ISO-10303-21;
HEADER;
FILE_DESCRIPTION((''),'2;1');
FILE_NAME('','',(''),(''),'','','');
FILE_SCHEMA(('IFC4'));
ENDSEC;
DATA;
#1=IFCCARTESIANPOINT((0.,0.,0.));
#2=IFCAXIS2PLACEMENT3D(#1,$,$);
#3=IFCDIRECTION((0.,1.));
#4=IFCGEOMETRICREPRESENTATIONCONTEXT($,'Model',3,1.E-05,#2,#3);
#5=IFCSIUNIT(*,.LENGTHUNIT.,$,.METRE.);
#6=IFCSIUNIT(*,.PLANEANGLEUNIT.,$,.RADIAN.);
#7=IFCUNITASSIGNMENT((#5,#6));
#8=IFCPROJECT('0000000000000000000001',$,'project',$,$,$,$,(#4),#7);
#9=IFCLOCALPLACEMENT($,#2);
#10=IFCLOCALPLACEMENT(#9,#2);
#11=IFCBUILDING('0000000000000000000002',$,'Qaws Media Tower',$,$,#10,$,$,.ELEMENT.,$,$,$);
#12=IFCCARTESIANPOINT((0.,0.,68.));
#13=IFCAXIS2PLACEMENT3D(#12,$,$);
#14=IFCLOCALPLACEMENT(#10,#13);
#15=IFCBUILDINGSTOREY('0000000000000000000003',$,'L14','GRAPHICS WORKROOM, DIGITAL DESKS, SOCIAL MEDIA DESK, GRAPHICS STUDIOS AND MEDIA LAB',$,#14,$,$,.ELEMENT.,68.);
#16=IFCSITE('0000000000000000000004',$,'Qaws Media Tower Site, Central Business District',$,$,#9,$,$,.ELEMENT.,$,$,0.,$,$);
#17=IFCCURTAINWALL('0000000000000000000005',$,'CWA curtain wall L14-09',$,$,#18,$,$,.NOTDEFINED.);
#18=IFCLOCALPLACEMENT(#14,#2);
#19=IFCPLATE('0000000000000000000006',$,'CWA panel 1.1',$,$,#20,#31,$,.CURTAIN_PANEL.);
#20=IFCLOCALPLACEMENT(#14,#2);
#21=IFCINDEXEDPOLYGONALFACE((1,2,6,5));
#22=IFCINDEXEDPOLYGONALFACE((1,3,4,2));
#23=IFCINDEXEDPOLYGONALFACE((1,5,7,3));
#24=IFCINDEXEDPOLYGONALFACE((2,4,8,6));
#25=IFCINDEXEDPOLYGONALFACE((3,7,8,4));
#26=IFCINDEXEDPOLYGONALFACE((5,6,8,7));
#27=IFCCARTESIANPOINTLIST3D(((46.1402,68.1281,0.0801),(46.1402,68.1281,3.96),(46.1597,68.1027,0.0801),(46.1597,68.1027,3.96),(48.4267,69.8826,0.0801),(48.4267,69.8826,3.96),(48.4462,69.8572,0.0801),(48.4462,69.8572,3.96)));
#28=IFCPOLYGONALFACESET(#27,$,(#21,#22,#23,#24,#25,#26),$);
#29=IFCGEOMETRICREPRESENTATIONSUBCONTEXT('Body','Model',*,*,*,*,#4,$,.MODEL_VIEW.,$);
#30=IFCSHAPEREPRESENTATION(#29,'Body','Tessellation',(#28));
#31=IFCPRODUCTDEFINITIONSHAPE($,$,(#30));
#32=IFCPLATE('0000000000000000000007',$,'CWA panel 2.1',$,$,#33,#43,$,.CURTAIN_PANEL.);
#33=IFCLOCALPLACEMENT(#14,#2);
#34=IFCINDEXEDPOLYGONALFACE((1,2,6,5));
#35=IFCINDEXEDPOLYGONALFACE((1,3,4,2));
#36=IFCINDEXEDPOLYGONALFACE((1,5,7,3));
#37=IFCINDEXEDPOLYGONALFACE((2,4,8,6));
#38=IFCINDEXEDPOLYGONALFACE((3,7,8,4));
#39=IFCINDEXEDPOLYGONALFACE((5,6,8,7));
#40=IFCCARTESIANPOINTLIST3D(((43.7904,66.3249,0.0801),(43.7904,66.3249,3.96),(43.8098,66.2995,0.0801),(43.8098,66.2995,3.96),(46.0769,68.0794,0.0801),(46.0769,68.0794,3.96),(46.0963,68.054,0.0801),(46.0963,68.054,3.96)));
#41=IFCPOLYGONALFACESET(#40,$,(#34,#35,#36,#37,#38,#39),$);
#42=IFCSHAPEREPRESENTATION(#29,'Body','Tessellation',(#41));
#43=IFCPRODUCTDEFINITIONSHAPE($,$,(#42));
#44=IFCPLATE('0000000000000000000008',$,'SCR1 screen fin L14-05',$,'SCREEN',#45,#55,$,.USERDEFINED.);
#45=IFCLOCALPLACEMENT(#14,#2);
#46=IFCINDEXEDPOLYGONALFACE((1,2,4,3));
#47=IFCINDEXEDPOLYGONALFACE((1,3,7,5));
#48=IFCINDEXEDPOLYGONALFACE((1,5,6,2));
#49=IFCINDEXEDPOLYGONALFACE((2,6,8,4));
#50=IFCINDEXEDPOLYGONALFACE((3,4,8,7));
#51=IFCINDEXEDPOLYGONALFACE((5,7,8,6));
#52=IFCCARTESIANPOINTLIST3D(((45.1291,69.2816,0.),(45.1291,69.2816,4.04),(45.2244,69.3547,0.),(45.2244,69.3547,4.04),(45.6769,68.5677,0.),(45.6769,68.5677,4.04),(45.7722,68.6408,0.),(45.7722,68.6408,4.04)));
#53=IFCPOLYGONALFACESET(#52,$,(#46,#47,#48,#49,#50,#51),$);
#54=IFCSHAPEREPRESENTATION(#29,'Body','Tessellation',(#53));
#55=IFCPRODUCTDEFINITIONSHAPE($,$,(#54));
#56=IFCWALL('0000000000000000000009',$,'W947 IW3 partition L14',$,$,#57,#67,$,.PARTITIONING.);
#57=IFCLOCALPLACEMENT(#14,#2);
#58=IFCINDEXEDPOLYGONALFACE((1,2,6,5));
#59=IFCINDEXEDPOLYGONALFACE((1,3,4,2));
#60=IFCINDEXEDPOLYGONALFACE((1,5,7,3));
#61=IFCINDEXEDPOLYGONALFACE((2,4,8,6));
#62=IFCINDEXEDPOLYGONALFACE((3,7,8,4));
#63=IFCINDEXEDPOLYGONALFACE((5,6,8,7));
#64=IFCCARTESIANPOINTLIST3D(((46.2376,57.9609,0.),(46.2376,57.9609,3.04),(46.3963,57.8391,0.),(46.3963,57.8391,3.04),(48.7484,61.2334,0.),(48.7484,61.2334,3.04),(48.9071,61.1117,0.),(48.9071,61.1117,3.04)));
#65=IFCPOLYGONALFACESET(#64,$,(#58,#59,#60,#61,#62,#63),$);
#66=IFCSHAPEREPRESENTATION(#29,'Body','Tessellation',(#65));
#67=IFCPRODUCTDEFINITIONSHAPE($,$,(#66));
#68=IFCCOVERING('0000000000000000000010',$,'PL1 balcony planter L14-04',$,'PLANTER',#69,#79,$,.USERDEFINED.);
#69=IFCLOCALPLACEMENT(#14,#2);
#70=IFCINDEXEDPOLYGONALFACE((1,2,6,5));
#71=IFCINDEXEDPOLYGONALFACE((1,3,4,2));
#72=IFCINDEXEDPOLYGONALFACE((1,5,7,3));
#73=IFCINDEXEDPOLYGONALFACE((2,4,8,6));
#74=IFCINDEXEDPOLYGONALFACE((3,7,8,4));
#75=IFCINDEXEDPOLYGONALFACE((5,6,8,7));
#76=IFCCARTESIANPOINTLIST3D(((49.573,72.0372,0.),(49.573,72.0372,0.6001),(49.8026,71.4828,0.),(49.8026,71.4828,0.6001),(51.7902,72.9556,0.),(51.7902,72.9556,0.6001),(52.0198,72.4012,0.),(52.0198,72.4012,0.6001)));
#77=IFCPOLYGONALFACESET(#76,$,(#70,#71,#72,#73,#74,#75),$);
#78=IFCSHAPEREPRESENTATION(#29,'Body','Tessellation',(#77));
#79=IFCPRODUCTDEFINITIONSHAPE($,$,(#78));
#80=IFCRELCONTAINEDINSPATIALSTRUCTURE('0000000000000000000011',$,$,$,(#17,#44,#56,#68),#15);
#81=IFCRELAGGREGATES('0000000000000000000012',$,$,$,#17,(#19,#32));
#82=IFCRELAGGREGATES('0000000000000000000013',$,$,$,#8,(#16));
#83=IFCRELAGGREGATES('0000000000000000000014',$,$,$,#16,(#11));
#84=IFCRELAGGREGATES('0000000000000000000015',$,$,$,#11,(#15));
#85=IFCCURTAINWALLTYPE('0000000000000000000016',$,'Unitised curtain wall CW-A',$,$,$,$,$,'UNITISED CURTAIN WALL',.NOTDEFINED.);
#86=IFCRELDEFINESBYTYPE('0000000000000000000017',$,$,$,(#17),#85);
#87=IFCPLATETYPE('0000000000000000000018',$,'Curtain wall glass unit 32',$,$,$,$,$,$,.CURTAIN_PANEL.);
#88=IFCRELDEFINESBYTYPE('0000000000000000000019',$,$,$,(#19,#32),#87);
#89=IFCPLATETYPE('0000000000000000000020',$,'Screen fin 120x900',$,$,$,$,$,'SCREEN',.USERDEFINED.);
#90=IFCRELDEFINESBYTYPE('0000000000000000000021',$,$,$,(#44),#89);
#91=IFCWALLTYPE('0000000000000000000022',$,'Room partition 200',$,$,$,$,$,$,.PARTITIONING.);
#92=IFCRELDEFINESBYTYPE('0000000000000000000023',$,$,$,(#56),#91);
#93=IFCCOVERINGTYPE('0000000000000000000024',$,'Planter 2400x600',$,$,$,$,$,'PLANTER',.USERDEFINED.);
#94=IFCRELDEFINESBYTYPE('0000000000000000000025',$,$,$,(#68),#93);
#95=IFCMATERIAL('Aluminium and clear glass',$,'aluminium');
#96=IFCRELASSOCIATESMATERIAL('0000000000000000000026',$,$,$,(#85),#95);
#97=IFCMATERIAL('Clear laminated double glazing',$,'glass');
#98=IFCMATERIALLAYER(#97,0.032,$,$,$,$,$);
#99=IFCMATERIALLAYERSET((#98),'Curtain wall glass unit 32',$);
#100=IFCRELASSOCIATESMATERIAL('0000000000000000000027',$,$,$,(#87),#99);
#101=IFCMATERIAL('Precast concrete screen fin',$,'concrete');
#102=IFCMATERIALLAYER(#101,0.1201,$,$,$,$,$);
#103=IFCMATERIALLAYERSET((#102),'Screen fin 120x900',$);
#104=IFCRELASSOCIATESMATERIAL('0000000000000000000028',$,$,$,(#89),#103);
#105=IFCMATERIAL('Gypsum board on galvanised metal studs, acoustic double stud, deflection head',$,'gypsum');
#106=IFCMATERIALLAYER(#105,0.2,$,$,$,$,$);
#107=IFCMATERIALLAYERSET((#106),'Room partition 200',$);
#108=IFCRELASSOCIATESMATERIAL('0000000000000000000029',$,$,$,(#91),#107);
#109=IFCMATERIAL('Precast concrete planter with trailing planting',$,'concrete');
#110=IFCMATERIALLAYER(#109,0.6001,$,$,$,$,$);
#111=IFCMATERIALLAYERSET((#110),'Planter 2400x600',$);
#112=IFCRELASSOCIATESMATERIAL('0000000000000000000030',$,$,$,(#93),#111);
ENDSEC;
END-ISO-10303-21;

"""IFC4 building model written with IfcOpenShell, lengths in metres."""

from ifc_helpers import new_model, si_unit, direction, frame, frame_2d, origin, origin_2d, place, context, subcontext, project, spatial, rectangle, extrude, material, layer, layer_set, type_object, element, aggregate, save


model = new_model("IFC4")

# Units and contexts
model_context = context("Model", 3, precision=1e-05, world=origin(), true_north=direction((0.0, 1.0)))
body_context = subcontext(model_context, "Body", "Model", "MODEL_VIEW")
ifc_project = project(units=[si_unit("LENGTHUNIT", "METRE"), si_unit("PLANEANGLEUNIT", "RADIAN")], contexts=[model_context])

# Site, building, storey
site_placement = place(None, origin())
site = spatial("IfcSite", under=ifc_project, at=site_placement, Name="Qaws Media Tower Site, Central Business District", CompositionType="ELEMENT", RefElevation=0.0)
building_placement = place(site_placement, origin())
building = spatial("IfcBuilding", under=site, at=building_placement, Name="Qaws Media Tower", CompositionType="ELEMENT")
storey_placement = place(building_placement, frame((0.0, 0.0, 68.0)))
storey = spatial("IfcBuildingStorey", under=building, at=storey_placement, Name="L14", Description="GRAPHICS WORKROOM, DIGITAL DESKS, SOCIAL MEDIA DESK, GRAPHICS STUDIOS AND MEDIA LAB", CompositionType="ELEMENT", Elevation=68.0)

# Curtain wall
ifc_material_1 = material(Name="Aluminium and clear glass", Category="aluminium")
curtain_wall_type = type_object("IfcCurtainWallType", Name="Unitised curtain wall CW-A", ElementType="UNITISED CURTAIN WALL", PredefinedType="NOTDEFINED", material=ifc_material_1)
curtain_wall_1_placement = place(storey_placement, origin())
curtain_wall_1 = element("IfcCurtainWall", 1, at=curtain_wall_1_placement, inside=storey, type_object=curtain_wall_type, Name="CWA curtain wall L14-09", PredefinedType="NOTDEFINED")

# Plates
ifc_material_2 = material(Name="Clear laminated double glazing", Category="glass")
ifc_layer_1 = layer(ifc_material_2, 0.032)
ifc_layer_set_1 = layer_set([ifc_layer_1], Name="Curtain wall glass unit 32")
plate_type_1 = type_object("IfcPlateType", Name="Curtain wall glass unit 32", PredefinedType="CURTAIN_PANEL", material=ifc_layer_set_1)
plate_1_placement = place(storey_placement, frame((47.2932, 68.9927, 0.0801), z_axis=(0.0, 0.0, 1.0), x_axis=(-0.793353, -0.608761, 0.0)))
plate_1 = element("IfcPlate", 2, at=plate_1_placement, type_object=plate_type_1, Name="CWA panel 1.1", PredefinedType="CURTAIN_PANEL", context=body_context, shape_type="SweptSolid", body=[
    extrude(rectangle(XDim=2.8821, YDim=0.032, at=origin_2d()), origin(), (0.0, 0.0, 1.0), 3.8799),
])
plate_2_placement = place(storey_placement, frame((44.9434, 67.1895, 0.0801), z_axis=(0.0, 0.0, 1.0), x_axis=(-0.793353, -0.608761, 0.0)))
plate_2 = element("IfcPlate", 3, at=plate_2_placement, type_object=plate_type_1, Name="CWA panel 2.1", PredefinedType="CURTAIN_PANEL", context=body_context, shape_type="SweptSolid", body=[
    extrude(rectangle(XDim=2.8821, YDim=0.032, at=origin_2d()), origin(), (0.0, 0.0, 1.0), 3.8799),
])
aggregate(curtain_wall_1, [plate_1, plate_2])
ifc_material_3 = material(Name="Precast concrete screen fin", Category="concrete")
ifc_layer_2 = layer(ifc_material_3, 0.1201)
ifc_layer_set_2 = layer_set([ifc_layer_2], Name="Screen fin 120x900")
plate_type_2 = type_object("IfcPlateType", Name="Screen fin 120x900", ElementType="SCREEN", PredefinedType="USERDEFINED", material=ifc_layer_set_2)
plate_3_placement = place(storey_placement, frame((45.4507, 68.9612, 0.0), z_axis=(0.0, 0.0, 1.0), x_axis=(-0.608761, 0.793353, 0.0)))
element("IfcPlate", 4, at=plate_3_placement, inside=storey, type_object=plate_type_2, Name="SCR1 screen fin L14-05", ObjectType="SCREEN", PredefinedType="USERDEFINED", context=body_context, shape_type="SweptSolid", body=[
    extrude(rectangle(XDim=0.8999, YDim=0.1201, at=origin_2d()), origin(), (0.0, 0.0, 1.0), 4.04),
])

# Wall
ifc_material_4 = material(Name="Gypsum board on galvanised metal studs, acoustic double stud, deflection head", Category="gypsum")
ifc_layer_3 = layer(ifc_material_4, 0.2)
ifc_layer_set_3 = layer_set([ifc_layer_3], Name="Room partition 200")
wall_type = type_object("IfcWallType", Name="Room partition 200", PredefinedType="PARTITIONING", material=ifc_layer_set_3)
wall_placement = place(storey_placement, frame((46.3169, 57.8999, 0.0), z_axis=(0.0, 0.0, 1.0), x_axis=(0.608715, 0.793389, 0.0)))
element("IfcWall", 5, at=wall_placement, inside=storey, type_object=wall_type, Name="W947 IW3 partition L14", PredefinedType="PARTITIONING", context=body_context, shape_type="SweptSolid", body=[
    extrude(rectangle(XDim=4.1248, YDim=0.2, at=frame_2d((2.0625, 0.0))), origin(), (0.0, 0.0, 1.0), 3.04),
])

# Covering
ifc_material_5 = material(Name="Precast concrete planter with trailing planting", Category="concrete")
ifc_layer_4 = layer(ifc_material_5, 0.6001)
ifc_layer_set_4 = layer_set([ifc_layer_4], Name="Planter 2400x600")
covering_type = type_object("IfcCoveringType", Name="Planter 2400x600", ElementType="PLANTER", PredefinedType="USERDEFINED", material=ifc_layer_set_4)
covering_placement = place(storey_placement, frame((50.7964, 72.2192, 0.0), z_axis=(0.0, 0.0, 1.0), x_axis=(-0.92388, -0.382683, 0.0)))
element("IfcCovering", 6, at=covering_placement, inside=storey, type_object=covering_type, Name="PL1 balcony planter L14-04", ObjectType="PLANTER", PredefinedType="USERDEFINED", context=body_context, shape_type="SweptSolid", body=[
    extrude(rectangle(XDim=2.3999, YDim=0.6001, at=origin_2d()), origin(), (0.0, 0.0, 1.0), 0.6001),
])

save(model, "model.ifc")
